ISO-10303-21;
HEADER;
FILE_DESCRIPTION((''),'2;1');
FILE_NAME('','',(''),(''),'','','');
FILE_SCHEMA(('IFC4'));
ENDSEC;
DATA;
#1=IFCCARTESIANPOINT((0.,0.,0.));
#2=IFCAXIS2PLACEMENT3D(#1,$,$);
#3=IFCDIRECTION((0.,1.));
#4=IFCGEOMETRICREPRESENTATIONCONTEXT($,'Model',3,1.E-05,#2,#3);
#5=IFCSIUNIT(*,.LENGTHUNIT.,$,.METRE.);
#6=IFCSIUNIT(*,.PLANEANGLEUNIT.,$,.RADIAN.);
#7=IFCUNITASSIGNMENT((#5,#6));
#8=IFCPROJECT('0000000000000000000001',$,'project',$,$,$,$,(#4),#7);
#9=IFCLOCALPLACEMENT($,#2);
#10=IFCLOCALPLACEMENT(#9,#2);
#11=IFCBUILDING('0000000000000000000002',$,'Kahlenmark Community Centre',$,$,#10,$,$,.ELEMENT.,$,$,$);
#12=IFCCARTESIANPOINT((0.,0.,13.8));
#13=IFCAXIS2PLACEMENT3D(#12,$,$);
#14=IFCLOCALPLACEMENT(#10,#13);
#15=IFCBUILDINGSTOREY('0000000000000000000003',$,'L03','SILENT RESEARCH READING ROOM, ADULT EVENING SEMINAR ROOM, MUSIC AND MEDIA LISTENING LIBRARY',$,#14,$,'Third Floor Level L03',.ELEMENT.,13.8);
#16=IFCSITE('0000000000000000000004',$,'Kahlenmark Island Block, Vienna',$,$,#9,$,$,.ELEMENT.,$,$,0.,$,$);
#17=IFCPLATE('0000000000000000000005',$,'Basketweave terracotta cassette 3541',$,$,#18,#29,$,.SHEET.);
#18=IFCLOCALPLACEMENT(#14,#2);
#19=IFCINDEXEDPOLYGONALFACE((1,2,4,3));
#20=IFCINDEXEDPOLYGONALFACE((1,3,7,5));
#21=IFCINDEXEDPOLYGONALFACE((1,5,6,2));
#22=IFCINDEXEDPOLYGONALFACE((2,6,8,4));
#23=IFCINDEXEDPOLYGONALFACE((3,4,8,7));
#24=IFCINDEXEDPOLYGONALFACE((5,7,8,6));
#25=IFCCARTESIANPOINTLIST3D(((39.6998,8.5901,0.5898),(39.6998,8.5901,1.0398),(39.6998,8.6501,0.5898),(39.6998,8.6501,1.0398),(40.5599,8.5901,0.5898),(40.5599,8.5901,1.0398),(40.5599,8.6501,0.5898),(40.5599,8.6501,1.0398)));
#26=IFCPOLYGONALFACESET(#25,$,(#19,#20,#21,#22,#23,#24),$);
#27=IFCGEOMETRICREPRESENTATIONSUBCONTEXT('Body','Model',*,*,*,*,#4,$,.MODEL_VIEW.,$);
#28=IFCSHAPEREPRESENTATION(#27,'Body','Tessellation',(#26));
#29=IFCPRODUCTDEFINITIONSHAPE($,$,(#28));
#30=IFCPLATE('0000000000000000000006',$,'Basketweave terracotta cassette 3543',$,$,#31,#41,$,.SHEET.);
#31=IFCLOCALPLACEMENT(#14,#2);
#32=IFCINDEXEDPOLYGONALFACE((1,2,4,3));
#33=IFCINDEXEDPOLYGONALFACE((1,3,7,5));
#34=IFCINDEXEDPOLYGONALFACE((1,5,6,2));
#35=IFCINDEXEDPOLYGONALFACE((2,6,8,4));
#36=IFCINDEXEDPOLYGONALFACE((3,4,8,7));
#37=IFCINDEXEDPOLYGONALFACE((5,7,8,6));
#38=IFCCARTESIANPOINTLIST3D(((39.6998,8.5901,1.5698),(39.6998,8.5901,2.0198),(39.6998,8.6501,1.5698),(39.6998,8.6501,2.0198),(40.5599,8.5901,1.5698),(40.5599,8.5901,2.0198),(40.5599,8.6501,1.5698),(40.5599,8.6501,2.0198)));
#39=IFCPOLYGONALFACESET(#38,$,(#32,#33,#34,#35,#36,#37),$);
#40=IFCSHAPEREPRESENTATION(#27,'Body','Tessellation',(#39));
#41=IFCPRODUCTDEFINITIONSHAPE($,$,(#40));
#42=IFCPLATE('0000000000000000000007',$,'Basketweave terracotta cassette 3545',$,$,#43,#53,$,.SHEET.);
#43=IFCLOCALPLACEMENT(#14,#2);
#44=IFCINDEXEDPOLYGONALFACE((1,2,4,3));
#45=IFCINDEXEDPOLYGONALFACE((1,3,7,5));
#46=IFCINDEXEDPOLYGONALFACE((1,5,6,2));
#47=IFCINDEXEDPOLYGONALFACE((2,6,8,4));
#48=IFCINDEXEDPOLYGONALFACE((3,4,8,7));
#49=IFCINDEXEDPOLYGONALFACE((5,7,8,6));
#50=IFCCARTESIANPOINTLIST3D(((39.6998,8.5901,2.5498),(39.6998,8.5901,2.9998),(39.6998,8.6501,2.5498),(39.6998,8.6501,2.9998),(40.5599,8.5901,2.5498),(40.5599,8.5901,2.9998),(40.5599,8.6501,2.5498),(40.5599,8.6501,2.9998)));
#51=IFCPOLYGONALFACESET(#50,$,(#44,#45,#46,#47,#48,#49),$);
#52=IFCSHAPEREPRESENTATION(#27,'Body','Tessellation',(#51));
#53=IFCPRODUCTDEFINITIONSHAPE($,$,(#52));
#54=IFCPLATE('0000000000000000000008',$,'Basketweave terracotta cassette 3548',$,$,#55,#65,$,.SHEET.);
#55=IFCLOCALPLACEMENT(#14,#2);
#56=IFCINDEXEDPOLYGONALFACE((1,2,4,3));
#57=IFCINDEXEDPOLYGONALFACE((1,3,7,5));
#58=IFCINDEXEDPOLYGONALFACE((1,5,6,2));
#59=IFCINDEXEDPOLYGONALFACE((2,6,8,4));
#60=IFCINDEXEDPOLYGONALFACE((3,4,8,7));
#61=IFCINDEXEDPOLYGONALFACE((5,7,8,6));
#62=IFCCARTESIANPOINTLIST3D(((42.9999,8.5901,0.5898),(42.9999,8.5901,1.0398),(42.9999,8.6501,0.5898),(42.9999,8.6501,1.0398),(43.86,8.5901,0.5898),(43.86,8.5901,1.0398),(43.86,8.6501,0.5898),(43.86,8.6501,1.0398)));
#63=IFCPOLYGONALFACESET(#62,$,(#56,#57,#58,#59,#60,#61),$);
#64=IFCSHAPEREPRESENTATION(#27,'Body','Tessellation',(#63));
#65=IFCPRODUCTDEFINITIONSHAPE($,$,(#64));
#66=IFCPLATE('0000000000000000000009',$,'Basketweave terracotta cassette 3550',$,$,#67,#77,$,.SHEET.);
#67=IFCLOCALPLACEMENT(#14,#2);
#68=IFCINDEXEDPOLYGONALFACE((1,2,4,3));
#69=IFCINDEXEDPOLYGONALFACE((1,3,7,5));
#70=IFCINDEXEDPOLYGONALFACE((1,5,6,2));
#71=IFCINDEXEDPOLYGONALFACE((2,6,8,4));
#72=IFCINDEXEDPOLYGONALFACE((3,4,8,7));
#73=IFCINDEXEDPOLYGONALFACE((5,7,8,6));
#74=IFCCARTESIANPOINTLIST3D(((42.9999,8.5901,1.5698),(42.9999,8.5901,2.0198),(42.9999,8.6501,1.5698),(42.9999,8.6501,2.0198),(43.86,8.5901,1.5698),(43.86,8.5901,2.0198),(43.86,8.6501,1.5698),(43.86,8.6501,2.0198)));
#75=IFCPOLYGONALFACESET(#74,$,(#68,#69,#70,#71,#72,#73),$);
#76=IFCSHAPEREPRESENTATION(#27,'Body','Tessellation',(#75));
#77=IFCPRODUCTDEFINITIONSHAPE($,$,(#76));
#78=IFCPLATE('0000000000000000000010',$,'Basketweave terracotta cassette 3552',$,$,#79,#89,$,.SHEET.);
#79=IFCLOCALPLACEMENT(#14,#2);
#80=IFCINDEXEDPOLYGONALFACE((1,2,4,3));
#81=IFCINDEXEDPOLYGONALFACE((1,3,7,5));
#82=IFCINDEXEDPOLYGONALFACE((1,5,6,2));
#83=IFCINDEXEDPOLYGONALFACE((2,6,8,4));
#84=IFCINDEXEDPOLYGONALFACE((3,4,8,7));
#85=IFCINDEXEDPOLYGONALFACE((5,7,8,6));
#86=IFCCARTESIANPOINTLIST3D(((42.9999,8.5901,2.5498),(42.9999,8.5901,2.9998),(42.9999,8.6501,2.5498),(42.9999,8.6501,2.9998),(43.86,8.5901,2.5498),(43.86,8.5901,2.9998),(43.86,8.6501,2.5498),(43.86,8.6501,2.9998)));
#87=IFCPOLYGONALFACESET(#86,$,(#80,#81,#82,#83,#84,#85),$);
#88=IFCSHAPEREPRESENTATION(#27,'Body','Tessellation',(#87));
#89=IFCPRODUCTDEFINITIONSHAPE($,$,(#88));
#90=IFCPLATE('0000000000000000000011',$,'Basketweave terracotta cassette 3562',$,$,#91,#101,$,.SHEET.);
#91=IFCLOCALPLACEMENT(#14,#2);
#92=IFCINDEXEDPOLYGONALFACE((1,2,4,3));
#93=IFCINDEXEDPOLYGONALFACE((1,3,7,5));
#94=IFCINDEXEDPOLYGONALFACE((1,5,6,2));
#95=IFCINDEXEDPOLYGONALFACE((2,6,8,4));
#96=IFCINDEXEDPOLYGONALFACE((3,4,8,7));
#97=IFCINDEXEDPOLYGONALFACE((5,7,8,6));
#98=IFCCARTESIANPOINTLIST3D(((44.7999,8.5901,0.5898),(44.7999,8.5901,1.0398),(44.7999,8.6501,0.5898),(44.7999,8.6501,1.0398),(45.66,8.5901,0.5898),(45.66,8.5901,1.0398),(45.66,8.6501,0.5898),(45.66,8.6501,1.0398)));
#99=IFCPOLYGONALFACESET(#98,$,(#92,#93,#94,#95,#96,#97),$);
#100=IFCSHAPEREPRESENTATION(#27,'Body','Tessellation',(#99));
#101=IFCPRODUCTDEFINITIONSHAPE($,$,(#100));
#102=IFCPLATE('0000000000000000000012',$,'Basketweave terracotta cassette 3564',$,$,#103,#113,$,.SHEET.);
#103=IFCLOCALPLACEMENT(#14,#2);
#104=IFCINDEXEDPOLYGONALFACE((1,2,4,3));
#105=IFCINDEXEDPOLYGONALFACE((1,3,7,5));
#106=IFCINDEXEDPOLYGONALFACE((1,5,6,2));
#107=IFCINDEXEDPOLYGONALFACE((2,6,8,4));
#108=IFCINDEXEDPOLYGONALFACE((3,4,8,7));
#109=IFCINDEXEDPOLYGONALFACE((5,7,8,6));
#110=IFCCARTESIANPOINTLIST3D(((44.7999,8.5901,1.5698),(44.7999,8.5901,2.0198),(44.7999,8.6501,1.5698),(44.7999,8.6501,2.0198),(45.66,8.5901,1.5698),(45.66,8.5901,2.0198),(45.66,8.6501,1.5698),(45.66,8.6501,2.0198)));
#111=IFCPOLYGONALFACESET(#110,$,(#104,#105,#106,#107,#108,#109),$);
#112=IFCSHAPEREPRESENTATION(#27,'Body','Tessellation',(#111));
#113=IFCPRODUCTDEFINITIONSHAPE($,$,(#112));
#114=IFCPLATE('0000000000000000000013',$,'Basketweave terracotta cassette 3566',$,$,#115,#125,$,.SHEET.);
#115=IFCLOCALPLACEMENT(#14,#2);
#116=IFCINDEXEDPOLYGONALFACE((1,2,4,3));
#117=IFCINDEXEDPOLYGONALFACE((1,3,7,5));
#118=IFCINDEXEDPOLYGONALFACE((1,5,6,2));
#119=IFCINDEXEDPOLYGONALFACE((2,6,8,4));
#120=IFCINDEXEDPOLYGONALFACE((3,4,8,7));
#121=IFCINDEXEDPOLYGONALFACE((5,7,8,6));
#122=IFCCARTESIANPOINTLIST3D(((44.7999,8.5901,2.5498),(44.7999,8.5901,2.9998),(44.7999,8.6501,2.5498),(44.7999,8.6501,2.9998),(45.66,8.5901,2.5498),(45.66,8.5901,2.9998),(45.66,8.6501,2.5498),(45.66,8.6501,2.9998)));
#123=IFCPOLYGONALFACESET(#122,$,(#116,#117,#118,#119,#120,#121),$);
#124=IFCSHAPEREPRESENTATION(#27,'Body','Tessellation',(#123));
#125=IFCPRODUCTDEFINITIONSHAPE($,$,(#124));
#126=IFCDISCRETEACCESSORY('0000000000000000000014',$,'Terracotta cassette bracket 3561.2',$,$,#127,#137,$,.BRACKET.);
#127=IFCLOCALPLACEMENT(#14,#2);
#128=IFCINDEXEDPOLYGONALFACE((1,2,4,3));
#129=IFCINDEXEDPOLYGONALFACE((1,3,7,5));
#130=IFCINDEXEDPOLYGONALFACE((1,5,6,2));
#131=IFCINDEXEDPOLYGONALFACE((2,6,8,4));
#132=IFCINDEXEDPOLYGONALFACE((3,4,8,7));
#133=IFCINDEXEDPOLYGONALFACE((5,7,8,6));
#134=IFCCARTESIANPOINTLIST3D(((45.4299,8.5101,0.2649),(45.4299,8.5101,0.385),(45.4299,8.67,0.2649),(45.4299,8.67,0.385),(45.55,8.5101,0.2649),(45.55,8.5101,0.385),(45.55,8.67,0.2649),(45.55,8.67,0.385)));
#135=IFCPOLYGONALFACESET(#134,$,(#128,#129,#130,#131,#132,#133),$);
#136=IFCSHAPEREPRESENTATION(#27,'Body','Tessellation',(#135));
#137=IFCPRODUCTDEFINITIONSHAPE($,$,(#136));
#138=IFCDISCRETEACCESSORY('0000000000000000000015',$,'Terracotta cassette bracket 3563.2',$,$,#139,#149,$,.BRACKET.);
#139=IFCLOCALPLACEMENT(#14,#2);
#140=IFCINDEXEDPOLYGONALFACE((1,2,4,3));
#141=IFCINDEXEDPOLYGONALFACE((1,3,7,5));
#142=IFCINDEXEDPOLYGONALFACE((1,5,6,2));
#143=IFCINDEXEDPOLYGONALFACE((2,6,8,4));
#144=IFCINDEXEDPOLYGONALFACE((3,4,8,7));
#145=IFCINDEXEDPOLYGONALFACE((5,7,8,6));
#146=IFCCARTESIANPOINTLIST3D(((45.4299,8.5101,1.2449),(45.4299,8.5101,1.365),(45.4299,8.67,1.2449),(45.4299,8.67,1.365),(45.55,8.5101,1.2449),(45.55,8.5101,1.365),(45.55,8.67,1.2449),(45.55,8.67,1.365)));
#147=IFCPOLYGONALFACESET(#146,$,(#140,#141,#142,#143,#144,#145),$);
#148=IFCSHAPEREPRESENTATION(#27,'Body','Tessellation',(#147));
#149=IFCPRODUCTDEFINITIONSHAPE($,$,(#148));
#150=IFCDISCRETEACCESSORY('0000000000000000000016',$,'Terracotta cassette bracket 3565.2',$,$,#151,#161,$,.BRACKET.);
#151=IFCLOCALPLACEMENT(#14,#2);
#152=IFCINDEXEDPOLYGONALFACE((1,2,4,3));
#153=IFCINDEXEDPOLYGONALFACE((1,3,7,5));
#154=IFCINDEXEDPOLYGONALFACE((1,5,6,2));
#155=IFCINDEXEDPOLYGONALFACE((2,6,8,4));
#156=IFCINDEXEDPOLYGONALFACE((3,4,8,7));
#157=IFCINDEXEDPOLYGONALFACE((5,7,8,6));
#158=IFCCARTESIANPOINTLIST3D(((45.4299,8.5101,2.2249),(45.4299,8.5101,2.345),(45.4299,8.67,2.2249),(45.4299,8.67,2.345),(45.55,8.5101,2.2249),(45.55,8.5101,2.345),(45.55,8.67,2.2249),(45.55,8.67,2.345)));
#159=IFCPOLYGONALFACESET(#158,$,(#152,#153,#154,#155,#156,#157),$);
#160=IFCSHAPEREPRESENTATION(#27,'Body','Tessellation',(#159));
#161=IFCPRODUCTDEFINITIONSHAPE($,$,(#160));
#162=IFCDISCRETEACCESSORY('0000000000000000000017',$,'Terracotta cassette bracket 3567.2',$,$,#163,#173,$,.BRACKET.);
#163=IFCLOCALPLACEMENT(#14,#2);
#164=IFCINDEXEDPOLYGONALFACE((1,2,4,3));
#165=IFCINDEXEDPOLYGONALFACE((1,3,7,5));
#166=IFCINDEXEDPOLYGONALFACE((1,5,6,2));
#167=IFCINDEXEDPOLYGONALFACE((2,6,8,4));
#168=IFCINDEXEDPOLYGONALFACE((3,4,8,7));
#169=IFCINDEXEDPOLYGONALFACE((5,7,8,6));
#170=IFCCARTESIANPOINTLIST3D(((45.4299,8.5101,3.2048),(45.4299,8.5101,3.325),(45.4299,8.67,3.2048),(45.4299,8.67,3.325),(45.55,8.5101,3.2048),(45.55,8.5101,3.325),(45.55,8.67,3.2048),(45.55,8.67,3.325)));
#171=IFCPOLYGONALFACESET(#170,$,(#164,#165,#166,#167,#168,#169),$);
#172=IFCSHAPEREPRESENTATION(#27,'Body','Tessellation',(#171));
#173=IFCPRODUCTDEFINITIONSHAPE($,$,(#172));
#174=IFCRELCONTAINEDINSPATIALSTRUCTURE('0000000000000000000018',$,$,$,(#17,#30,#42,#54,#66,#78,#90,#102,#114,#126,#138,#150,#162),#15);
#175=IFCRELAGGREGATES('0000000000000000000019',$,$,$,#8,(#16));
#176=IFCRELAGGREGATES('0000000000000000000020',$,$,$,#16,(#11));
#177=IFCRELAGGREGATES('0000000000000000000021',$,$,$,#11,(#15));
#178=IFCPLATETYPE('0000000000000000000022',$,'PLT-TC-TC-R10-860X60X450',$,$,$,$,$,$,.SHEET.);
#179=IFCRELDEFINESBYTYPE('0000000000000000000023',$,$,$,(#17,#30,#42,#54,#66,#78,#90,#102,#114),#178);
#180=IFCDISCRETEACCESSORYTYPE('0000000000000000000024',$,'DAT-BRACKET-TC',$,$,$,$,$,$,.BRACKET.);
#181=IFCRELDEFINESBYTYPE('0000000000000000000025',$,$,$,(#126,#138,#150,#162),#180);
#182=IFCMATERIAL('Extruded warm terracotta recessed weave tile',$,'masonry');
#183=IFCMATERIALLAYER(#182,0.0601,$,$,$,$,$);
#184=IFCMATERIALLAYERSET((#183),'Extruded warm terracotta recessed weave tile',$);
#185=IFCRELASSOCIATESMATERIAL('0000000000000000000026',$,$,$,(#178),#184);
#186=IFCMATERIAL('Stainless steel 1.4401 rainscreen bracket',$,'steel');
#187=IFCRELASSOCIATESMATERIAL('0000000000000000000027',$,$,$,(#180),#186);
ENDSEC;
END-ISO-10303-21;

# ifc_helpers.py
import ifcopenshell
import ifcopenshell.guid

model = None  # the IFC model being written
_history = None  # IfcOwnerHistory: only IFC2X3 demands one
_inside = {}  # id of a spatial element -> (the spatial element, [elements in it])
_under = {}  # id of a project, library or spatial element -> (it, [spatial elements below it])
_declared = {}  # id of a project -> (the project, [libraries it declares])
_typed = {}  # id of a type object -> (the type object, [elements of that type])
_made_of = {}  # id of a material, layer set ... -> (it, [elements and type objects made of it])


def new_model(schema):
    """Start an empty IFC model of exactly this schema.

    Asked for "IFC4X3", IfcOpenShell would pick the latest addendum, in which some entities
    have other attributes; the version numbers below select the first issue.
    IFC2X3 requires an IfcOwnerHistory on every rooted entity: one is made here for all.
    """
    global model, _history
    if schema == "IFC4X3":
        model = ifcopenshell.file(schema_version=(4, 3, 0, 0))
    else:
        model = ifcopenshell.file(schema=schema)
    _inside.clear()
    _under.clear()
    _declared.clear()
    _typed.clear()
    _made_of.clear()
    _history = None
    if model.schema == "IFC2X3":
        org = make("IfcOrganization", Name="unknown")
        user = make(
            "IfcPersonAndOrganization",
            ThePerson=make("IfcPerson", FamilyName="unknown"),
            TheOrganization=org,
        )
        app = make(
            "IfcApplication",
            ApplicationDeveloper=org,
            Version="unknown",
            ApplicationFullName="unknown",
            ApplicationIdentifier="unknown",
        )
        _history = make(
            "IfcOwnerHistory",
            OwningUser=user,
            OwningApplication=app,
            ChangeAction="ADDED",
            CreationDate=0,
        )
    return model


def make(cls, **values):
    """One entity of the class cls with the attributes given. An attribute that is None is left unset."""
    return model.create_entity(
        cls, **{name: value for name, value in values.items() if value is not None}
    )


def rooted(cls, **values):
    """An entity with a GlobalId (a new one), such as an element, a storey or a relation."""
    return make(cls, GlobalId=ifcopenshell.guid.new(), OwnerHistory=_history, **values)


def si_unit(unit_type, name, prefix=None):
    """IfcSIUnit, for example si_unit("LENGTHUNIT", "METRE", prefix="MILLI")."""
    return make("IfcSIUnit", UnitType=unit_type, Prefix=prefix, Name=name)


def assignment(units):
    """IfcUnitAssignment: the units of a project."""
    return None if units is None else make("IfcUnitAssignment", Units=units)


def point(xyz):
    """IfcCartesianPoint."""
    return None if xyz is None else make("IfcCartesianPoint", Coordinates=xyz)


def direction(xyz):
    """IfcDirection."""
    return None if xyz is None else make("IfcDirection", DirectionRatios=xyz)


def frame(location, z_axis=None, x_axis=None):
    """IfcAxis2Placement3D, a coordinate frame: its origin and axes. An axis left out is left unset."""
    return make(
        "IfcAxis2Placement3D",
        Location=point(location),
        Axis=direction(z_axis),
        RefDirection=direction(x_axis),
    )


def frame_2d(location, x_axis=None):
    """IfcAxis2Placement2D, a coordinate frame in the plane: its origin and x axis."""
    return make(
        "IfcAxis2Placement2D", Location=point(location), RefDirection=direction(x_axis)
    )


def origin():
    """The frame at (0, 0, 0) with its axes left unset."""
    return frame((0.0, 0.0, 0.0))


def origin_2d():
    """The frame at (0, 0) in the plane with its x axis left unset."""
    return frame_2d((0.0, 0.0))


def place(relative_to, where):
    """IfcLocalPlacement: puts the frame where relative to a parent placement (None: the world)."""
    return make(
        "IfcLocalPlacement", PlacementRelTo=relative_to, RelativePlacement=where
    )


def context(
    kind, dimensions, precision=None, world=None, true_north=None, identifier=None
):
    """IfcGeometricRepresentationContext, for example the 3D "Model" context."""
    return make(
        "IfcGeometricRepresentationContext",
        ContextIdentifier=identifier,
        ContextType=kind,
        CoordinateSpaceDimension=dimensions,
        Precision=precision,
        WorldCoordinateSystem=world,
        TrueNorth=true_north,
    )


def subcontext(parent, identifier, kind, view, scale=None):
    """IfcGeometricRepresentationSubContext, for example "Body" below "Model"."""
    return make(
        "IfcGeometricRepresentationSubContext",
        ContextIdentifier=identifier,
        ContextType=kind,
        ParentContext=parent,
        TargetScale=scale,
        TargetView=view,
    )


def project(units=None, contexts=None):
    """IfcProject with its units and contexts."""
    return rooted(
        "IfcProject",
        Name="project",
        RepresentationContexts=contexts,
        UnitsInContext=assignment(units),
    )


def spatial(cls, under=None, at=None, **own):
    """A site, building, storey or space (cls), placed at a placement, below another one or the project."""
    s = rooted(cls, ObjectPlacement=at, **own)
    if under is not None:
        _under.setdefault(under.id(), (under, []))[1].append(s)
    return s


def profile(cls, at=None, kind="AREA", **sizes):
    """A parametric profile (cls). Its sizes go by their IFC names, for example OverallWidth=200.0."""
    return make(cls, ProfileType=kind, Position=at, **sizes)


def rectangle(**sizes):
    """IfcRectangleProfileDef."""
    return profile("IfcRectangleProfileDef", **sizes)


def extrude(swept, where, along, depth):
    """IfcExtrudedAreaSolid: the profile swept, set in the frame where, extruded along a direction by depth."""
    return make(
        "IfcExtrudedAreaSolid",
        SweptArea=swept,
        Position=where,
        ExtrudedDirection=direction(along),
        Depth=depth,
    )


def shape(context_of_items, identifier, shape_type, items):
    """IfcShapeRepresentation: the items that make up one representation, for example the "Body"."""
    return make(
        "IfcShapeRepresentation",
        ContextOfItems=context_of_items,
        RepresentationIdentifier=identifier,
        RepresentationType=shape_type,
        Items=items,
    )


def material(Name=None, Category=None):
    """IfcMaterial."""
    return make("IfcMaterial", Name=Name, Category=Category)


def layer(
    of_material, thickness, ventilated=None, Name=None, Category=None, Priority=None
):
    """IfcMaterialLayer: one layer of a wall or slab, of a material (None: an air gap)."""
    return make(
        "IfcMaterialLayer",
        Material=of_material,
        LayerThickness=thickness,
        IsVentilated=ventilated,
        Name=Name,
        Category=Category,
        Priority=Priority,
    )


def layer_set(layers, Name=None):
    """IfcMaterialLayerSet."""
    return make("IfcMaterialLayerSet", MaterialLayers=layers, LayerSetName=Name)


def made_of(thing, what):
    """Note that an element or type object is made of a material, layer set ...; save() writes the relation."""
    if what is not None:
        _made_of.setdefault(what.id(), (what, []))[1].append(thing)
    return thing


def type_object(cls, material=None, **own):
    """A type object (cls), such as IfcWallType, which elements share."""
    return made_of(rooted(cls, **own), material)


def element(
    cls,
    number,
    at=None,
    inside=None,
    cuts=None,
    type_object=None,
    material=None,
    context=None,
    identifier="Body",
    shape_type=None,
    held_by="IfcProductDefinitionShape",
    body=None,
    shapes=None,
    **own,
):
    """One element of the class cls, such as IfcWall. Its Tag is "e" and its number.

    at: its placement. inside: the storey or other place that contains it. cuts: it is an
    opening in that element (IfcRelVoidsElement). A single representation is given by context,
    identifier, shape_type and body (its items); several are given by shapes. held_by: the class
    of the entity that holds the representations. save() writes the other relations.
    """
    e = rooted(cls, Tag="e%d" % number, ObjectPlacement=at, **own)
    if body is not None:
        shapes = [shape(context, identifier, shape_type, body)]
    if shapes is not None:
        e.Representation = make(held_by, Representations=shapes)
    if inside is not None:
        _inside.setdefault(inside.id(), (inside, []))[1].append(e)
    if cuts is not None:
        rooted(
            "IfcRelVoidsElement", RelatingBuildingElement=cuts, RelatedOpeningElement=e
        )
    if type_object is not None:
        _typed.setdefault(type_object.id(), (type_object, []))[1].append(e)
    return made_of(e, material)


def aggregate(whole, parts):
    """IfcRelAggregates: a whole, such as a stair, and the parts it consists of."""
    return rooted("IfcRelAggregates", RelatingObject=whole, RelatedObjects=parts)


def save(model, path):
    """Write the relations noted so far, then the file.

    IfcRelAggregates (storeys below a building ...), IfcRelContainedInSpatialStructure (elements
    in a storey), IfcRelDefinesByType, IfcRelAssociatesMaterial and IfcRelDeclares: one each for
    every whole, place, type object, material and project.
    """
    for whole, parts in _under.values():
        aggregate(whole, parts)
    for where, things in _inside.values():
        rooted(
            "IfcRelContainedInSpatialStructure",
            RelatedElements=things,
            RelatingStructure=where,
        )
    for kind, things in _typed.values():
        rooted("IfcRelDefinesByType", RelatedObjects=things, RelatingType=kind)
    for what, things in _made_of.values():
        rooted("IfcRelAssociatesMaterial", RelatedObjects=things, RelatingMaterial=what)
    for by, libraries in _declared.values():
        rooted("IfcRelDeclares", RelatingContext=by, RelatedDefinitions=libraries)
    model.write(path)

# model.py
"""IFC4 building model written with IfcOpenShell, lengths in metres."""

from ifc_helpers import new_model, si_unit, direction, frame, origin, origin_2d, place, context, subcontext, project, spatial, rectangle, extrude, material, layer, layer_set, type_object, element, save


model = new_model("IFC4")

# Units and contexts
model_context = context("Model", 3, precision=1e-05, world=origin(), true_north=direction((0.0, 1.0)))
body_context = subcontext(model_context, "Body", "Model", "MODEL_VIEW")
ifc_project = project(units=[si_unit("LENGTHUNIT", "METRE"), si_unit("PLANEANGLEUNIT", "RADIAN")], contexts=[model_context])

# Site, building, storey
site_placement = place(None, origin())
site = spatial("IfcSite", under=ifc_project, at=site_placement, Name="Kahlenmark Island Block, Vienna", CompositionType="ELEMENT", RefElevation=0.0)
building_placement = place(site_placement, origin())
building = spatial("IfcBuilding", under=site, at=building_placement, Name="Kahlenmark Community Centre", CompositionType="ELEMENT")
storey_placement = place(building_placement, frame((0.0, 0.0, 13.8)))
storey = spatial("IfcBuildingStorey", under=building, at=storey_placement, Name="L03", Description="SILENT RESEARCH READING ROOM, ADULT EVENING SEMINAR ROOM, MUSIC AND MEDIA LISTENING LIBRARY", LongName="Third Floor Level L03", CompositionType="ELEMENT", Elevation=13.8)

# Plates
ifc_material_1 = material(Name="Extruded warm terracotta recessed weave tile", Category="masonry")
ifc_layer_1 = layer(ifc_material_1, 0.0601)
ifc_layer_set_1 = layer_set([ifc_layer_1], Name="Extruded warm terracotta recessed weave tile")
plate_type_1 = type_object("IfcPlateType", Name="PLT-TC-TC-R10-860X60X450", PredefinedType="SHEET", material=ifc_layer_set_1)
for number, where, z_axis, x_axis, name in (
    (1, (40.1299, 8.6201, 0.5898), (0.0, 0.0, 1.0), (1.0, 0.0, 0.0), "Basketweave terracotta cassette 3541"),
    (2, (40.1299, 8.6201, 1.5698), (0.0, 0.0, 1.0), (1.0, 0.0, 0.0), "Basketweave terracotta cassette 3543"),
    (3, (40.1299, 8.6201, 2.5498), (0.0, 0.0, 1.0), (1.0, 0.0, 0.0), "Basketweave terracotta cassette 3545"),
    (4, (43.4299, 8.6201, 0.5898), (0.0, 0.0, 1.0), (1.0, 0.0, 0.0), "Basketweave terracotta cassette 3548"),
    (5, (43.4299, 8.6201, 1.5698), (0.0, 0.0, 1.0), (1.0, 0.0, 0.0), "Basketweave terracotta cassette 3550"),
    (6, (43.4299, 8.6201, 2.5498), (0.0, 0.0, 1.0), (1.0, 0.0, 0.0), "Basketweave terracotta cassette 3552"),
    (7, (45.23, 8.6201, 0.5898), (0.0, 0.0, 1.0), (1.0, 0.0, 0.0), "Basketweave terracotta cassette 3562"),
    (8, (45.23, 8.6201, 1.5698), (0.0, 0.0, 1.0), (1.0, 0.0, 0.0), "Basketweave terracotta cassette 3564"),
    (9, (45.23, 8.6201, 2.5498), (0.0, 0.0, 1.0), (1.0, 0.0, 0.0), "Basketweave terracotta cassette 3566"),
):
    element("IfcPlate", number, at=place(storey_placement, frame(where, z_axis=z_axis, x_axis=x_axis)), inside=storey, type_object=plate_type_1, Name=name, PredefinedType="SHEET", context=body_context, shape_type="SweptSolid", body=[
        extrude(rectangle(XDim=0.8601, YDim=0.0601, at=origin_2d()), origin(), (0.0, 0.0, 1.0), 0.45),
    ])

# Discrete accessories
ifc_material_2 = material(Name="Stainless steel 1.4401 rainscreen bracket", Category="steel")
discrete_accessory_type = type_object("IfcDiscreteAccessoryType", Name="DAT-BRACKET-TC", PredefinedType="BRACKET", material=ifc_material_2)
for number, where, z_axis, x_axis, name in (
    (10, (45.49, 8.5901, 0.2649), (0.0, 0.0, 1.0), (1.0, 0.0, 0.0), "Terracotta cassette bracket 3561.2"),
    (11, (45.49, 8.5901, 1.2449), (0.0, 0.0, 1.0), (1.0, 0.0, 0.0), "Terracotta cassette bracket 3563.2"),
    (12, (45.49, 8.5901, 2.2249), (0.0, 0.0, 1.0), (1.0, 0.0, 0.0), "Terracotta cassette bracket 3565.2"),
    (13, (45.49, 8.5901, 3.2048), (0.0, 0.0, 1.0), (1.0, 0.0, 0.0), "Terracotta cassette bracket 3567.2"),
):
    element("IfcDiscreteAccessory", number, at=place(storey_placement, frame(where, z_axis=z_axis, x_axis=x_axis)), inside=storey, type_object=discrete_accessory_type, Name=name, PredefinedType="BRACKET", context=body_context, shape_type="SweptSolid", body=[
        extrude(rectangle(XDim=0.1201, YDim=0.1599, at=origin_2d()), origin(), (0.0, 0.0, 1.0), 0.1201),
    ])

save(model, "model.ifc")
